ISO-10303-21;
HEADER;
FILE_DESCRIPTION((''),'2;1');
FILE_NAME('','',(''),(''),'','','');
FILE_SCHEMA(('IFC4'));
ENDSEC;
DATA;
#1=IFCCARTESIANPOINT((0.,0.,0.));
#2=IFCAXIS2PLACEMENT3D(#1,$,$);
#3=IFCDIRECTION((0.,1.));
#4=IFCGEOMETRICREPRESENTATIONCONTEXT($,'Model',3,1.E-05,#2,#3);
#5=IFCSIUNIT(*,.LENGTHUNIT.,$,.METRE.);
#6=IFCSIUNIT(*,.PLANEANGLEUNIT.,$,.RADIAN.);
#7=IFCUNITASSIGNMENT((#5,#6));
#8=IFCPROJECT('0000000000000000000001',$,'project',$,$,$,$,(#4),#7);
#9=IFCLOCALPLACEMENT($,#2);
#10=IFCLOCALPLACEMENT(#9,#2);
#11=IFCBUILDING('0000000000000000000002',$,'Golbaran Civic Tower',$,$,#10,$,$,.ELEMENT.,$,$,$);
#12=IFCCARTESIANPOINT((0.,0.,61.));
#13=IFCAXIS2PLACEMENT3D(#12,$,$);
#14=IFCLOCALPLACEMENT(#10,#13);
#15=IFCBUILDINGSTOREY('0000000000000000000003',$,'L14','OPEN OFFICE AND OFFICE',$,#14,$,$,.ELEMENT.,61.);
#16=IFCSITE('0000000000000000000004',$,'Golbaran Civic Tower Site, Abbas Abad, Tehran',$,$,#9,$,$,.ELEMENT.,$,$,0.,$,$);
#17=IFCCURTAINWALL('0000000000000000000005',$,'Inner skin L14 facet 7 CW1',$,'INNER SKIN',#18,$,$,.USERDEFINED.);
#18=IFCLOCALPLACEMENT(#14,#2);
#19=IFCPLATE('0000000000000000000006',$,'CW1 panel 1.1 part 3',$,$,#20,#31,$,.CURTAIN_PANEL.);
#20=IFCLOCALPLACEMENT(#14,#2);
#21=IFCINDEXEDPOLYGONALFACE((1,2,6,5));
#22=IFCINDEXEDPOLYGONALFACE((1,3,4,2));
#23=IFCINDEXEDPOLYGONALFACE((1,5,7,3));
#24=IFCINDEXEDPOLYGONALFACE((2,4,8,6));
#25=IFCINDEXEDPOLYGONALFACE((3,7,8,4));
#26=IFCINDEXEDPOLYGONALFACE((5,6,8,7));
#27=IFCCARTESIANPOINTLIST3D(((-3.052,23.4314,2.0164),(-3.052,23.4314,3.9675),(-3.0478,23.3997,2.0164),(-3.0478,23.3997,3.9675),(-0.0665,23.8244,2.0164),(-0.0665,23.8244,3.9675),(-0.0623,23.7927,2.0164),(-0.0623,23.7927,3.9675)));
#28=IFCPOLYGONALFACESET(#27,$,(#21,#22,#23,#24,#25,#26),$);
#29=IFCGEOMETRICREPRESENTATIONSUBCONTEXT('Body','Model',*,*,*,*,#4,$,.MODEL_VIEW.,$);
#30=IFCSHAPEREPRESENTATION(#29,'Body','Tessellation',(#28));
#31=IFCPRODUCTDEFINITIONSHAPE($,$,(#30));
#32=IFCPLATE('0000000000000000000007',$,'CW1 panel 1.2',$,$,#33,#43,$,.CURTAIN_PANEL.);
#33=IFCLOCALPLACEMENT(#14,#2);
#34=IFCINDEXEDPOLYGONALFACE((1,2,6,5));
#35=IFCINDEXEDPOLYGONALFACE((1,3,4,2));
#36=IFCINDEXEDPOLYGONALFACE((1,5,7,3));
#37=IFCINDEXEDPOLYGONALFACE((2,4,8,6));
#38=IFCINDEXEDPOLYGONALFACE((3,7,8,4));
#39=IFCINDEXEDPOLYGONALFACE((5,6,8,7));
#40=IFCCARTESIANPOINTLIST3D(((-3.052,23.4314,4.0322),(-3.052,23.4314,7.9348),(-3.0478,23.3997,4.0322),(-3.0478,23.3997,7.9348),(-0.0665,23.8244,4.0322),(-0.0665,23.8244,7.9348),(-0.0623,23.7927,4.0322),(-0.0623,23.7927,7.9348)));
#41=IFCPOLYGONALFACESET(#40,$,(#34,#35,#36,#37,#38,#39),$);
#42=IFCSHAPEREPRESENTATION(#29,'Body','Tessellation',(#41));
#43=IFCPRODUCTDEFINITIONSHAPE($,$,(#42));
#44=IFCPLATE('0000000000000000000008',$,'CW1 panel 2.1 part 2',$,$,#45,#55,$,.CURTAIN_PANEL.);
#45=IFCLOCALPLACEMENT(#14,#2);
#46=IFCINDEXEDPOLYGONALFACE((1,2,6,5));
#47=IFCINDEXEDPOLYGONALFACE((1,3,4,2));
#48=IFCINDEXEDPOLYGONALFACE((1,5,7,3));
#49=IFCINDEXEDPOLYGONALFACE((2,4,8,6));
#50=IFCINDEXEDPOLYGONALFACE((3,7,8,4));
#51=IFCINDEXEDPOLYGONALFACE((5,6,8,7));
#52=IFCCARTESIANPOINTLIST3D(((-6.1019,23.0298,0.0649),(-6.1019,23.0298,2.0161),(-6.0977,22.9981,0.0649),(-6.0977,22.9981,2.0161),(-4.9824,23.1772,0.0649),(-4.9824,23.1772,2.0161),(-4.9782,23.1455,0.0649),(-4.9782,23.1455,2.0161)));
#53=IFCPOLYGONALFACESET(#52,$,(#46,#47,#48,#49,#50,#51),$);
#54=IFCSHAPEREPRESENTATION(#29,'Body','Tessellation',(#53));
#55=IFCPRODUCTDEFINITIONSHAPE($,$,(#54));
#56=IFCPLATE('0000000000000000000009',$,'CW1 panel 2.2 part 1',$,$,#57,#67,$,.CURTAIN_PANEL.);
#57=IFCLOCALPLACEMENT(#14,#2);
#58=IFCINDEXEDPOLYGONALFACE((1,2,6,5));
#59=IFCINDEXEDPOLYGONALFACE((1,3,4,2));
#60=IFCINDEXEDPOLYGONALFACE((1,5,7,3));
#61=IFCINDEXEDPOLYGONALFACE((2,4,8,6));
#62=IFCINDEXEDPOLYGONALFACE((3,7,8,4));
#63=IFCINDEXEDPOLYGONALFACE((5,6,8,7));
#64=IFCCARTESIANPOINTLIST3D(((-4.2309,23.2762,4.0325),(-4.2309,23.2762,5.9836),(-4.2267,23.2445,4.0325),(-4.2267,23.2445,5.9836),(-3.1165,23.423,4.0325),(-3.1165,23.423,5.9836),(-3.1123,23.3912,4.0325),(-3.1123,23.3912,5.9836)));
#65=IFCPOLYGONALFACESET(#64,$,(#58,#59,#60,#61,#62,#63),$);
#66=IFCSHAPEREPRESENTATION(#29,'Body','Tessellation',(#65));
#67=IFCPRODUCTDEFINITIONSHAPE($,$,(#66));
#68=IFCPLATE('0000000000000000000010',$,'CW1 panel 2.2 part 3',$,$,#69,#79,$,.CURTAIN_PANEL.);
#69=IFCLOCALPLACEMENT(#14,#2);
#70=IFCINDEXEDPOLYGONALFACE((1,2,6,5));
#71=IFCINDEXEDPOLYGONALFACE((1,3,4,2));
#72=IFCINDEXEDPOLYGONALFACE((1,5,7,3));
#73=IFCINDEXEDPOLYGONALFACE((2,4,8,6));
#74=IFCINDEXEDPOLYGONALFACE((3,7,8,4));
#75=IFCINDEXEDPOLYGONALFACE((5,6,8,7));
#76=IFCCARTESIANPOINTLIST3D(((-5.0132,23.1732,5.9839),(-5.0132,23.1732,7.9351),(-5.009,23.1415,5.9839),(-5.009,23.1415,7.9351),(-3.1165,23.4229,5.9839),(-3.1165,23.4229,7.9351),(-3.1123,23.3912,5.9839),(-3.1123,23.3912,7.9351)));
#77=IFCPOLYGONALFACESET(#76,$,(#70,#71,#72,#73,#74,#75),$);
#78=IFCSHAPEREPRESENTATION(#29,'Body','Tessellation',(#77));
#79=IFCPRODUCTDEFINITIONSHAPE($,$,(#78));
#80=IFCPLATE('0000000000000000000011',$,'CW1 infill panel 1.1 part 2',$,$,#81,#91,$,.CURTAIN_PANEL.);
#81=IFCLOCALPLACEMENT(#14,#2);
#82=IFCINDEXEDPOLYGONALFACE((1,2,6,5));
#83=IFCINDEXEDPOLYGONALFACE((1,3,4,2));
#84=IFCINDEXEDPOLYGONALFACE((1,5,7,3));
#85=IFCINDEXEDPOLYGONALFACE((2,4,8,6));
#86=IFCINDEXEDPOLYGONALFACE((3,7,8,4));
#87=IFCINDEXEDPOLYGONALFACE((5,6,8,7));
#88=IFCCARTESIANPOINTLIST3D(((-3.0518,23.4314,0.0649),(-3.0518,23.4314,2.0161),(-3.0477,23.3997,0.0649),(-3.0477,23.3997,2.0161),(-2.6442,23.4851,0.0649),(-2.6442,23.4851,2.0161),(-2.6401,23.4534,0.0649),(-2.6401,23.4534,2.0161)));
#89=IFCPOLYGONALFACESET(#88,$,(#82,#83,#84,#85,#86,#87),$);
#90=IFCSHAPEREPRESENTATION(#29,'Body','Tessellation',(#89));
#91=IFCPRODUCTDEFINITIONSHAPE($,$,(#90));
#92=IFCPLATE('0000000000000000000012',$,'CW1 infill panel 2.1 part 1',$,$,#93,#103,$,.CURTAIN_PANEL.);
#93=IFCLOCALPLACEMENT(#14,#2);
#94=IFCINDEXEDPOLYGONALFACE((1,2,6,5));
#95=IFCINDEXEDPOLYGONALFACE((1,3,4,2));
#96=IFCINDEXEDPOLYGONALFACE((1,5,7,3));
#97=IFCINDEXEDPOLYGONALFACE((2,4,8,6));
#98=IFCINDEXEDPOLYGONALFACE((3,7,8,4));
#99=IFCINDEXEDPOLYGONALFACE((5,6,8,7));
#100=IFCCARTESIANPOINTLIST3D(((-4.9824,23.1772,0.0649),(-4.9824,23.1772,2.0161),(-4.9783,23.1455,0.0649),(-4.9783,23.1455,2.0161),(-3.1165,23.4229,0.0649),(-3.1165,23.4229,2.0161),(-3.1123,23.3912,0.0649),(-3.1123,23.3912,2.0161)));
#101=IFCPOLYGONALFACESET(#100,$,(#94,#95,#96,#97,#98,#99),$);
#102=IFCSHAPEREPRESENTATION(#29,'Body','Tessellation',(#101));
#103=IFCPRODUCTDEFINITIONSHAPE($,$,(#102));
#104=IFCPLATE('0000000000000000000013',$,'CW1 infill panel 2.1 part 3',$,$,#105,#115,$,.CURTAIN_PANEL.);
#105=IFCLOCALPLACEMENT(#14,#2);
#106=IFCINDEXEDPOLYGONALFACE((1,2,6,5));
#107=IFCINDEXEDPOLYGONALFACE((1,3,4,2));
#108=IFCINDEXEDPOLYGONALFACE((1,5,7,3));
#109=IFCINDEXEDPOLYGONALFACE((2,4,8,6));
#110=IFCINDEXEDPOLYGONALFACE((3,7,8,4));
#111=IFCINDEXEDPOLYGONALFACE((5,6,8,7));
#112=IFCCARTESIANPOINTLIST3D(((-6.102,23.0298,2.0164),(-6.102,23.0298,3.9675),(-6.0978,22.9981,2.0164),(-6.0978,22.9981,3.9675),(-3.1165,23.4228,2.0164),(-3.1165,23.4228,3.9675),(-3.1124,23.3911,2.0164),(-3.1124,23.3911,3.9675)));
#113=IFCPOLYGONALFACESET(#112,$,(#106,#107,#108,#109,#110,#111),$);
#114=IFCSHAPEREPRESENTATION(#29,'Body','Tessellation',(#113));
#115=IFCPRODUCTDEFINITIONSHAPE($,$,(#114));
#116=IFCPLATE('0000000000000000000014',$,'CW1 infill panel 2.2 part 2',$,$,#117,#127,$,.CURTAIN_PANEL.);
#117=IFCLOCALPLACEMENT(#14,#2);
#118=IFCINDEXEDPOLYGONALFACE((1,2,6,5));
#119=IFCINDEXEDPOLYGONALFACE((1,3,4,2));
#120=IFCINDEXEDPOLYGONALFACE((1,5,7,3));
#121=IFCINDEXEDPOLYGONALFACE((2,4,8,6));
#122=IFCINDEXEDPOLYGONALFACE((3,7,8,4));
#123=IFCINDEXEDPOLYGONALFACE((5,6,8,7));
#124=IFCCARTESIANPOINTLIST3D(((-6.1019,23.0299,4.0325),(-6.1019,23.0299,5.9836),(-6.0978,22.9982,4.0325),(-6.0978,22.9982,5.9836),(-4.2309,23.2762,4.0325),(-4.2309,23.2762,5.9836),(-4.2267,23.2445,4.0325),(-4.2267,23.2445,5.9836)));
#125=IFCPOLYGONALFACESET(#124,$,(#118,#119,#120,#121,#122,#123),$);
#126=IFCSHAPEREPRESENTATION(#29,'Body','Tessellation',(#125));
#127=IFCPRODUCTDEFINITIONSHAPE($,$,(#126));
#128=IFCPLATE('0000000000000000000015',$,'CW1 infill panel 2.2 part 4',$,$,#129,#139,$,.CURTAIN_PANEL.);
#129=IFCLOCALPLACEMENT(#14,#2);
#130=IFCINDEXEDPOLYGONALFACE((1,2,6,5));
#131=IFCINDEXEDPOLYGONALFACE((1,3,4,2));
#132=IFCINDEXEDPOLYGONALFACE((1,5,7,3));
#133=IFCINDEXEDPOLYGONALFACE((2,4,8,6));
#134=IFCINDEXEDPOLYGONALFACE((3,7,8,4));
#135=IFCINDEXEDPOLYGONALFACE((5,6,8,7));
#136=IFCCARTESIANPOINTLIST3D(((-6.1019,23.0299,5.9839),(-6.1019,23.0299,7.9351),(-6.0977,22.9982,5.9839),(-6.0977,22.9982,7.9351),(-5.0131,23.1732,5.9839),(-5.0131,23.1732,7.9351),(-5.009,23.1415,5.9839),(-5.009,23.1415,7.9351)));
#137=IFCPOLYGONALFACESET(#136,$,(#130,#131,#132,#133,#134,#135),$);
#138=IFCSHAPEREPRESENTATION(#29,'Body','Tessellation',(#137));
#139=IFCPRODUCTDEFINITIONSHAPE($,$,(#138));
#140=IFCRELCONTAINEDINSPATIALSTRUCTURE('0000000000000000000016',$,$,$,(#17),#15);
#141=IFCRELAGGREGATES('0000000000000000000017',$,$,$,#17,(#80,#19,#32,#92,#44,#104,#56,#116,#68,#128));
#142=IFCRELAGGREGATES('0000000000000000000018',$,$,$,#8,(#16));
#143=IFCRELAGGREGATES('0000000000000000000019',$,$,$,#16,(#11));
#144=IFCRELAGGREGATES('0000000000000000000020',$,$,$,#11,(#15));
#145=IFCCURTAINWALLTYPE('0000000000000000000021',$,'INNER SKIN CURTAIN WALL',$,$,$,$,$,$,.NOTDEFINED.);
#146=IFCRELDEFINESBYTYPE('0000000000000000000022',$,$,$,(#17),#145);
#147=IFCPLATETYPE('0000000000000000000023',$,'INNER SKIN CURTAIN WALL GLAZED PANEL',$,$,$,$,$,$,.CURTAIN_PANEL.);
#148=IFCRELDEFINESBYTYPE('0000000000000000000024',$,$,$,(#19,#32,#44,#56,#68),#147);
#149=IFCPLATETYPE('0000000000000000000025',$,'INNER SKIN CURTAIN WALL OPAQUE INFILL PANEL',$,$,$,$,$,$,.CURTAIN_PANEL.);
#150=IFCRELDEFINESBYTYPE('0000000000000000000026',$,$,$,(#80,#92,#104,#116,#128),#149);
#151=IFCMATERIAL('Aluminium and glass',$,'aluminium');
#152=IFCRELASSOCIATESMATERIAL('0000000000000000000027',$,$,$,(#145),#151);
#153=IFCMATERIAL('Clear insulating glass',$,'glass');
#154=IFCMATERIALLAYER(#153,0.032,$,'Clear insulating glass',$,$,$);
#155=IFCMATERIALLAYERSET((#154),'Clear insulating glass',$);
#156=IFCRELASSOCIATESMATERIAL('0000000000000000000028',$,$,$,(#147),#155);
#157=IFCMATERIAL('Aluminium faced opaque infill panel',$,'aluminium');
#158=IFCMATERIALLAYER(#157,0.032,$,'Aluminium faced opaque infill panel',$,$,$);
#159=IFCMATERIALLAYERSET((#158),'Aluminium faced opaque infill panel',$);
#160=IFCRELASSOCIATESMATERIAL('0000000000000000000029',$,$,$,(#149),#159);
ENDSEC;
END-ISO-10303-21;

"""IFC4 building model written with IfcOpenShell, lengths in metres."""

from ifc_helpers import new_model, si_unit, direction, frame, origin, origin_2d, place, context, subcontext, project, spatial, rectangle, extrude, material, layer, layer_set, type_object, element, aggregate, save


model = new_model("IFC4")

# Units and contexts
model_context = context("Model", 3, precision=1e-05, world=origin(), true_north=direction((0.0, 1.0)))
body_context = subcontext(model_context, "Body", "Model", "MODEL_VIEW")
ifc_project = project(units=[si_unit("LENGTHUNIT", "METRE"), si_unit("PLANEANGLEUNIT", "RADIAN")], contexts=[model_context])

# Site, building, storey
site_placement = place(None, origin())
site = spatial("IfcSite", under=ifc_project, at=site_placement, Name="Golbaran Civic Tower Site, Abbas Abad, Tehran", CompositionType="ELEMENT", RefElevation=0.0)
building_placement = place(site_placement, origin())
building = spatial("IfcBuilding", under=site, at=building_placement, Name="Golbaran Civic Tower", CompositionType="ELEMENT")
storey_placement = place(building_placement, frame((0.0, 0.0, 61.0)))
storey = spatial("IfcBuildingStorey", under=building, at=storey_placement, Name="L14", Description="OPEN OFFICE AND OFFICE", CompositionType="ELEMENT", Elevation=61.0)

# Curtain wall, plates
ifc_material_1 = material(Name="Aluminium and glass", Category="aluminium")
curtain_wall_type = type_object("IfcCurtainWallType", Name="INNER SKIN CURTAIN WALL", PredefinedType="NOTDEFINED", material=ifc_material_1)
curtain_wall_placement = place(storey_placement, origin())
curtain_wall = element("IfcCurtainWall", 1, at=curtain_wall_placement, inside=storey, type_object=curtain_wall_type, Name="Inner skin L14 facet 7 CW1", ObjectType="INNER SKIN", PredefinedType="USERDEFINED")
ifc_material_2 = material(Name="Clear insulating glass", Category="glass")
ifc_layer_1 = layer(ifc_material_2, 0.032, Name="Clear insulating glass")
ifc_layer_set_1 = layer_set([ifc_layer_1], Name="Clear insulating glass")
plate_type_1 = type_object("IfcPlateType", Name="INNER SKIN CURTAIN WALL GLAZED PANEL", PredefinedType="CURTAIN_PANEL", material=ifc_layer_set_1)
plate_1_placement = place(storey_placement, frame((-1.5571, 23.6121, 2.0164), z_axis=(0.0, 0.0, 1.0), x_axis=(-0.991445, -0.130526, 0.0)))
plate_1 = element("IfcPlate", 2, at=plate_1_placement, type_object=plate_type_1, Name="CW1 panel 1.1 part 3", PredefinedType="CURTAIN_PANEL", context=body_context, shape_type="SweptSolid", body=[
    extrude(rectangle(XDim=3.0112, YDim=0.032, at=origin_2d()), origin(), (0.0, 0.0, 1.0), 1.9512),
])
plate_2_placement = place(storey_placement, frame((-1.5571, 23.6121, 4.0322), z_axis=(0.0, 0.0, 1.0), x_axis=(-0.991445, -0.130526, 0.0)))
plate_2 = element("IfcPlate", 3, at=plate_2_placement, type_object=plate_type_1, Name="CW1 panel 1.2", PredefinedType="CURTAIN_PANEL", context=body_context, shape_type="SweptSolid", body=[
    extrude(rectangle(XDim=3.0112, YDim=0.032, at=origin_2d()), origin(), (0.0, 0.0, 1.0), 3.9026),
])
plate_3_placement = place(storey_placement, frame((-5.54, 23.0876, 0.0649), z_axis=(0.0, 0.0, 1.0), x_axis=(-0.991445, -0.130526, 0.0)))
plate_3 = element("IfcPlate", 4, at=plate_3_placement, type_object=plate_type_1, Name="CW1 panel 2.1 part 2", PredefinedType="CURTAIN_PANEL", context=body_context, shape_type="SweptSolid", body=[
    extrude(rectangle(XDim=1.1292, YDim=0.032, at=origin_2d()), origin(), (0.0, 0.0, 1.0), 1.9512),
])
plate_4_placement = place(storey_placement, frame((-3.6716, 23.3337, 4.0325), z_axis=(0.0, 0.0, 1.0), x_axis=(-0.991445, -0.130526, 0.0)))
plate_4 = element("IfcPlate", 5, at=plate_4_placement, type_object=plate_type_1, Name="CW1 panel 2.2 part 1", PredefinedType="CURTAIN_PANEL", context=body_context, shape_type="SweptSolid", body=[
    extrude(rectangle(XDim=1.124, YDim=0.032, at=origin_2d()), origin(), (0.0, 0.0, 1.0), 1.9512),
])
plate_5_placement = place(storey_placement, frame((-4.0627, 23.2822, 5.9839), z_axis=(0.0, 0.0, 1.0), x_axis=(-0.991445, -0.130526, 0.0)))
plate_5 = element("IfcPlate", 6, at=plate_5_placement, type_object=plate_type_1, Name="CW1 panel 2.2 part 3", PredefinedType="CURTAIN_PANEL", context=body_context, shape_type="SweptSolid", body=[
    extrude(rectangle(XDim=1.9131, YDim=0.032, at=origin_2d()), origin(), (0.0, 0.0, 1.0), 1.9512),
])
ifc_material_3 = material(Name="Aluminium faced opaque infill panel", Category="aluminium")
ifc_layer_2 = layer(ifc_material_3, 0.032, Name="Aluminium faced opaque infill panel")
ifc_layer_set_2 = layer_set([ifc_layer_2], Name="Aluminium faced opaque infill panel")
plate_type_2 = type_object("IfcPlateType", Name="INNER SKIN CURTAIN WALL OPAQUE INFILL PANEL", PredefinedType="CURTAIN_PANEL", material=ifc_layer_set_2)
plate_6_placement = place(storey_placement, frame((-2.8459, 23.4424, 0.0649), z_axis=(0.0, 0.0, 1.0), x_axis=(-0.991445, -0.130526, 0.0)))
plate_6 = element("IfcPlate", 7, at=plate_6_placement, type_object=plate_type_2, Name="CW1 infill panel 1.1 part 2", PredefinedType="CURTAIN_PANEL", context=body_context, shape_type="SweptSolid", body=[
    extrude(rectangle(XDim=0.4111, YDim=0.032, at=origin_2d()), origin(), (0.0, 0.0, 1.0), 1.9512),
])
plate_7_placement = place(storey_placement, frame((-4.0474, 23.2842, 0.0649), z_axis=(0.0, 0.0, 1.0), x_axis=(-0.991445, -0.130526, 0.0)))
plate_7 = element("IfcPlate", 8, at=plate_7_placement, type_object=plate_type_2, Name="CW1 infill panel 2.1 part 1", PredefinedType="CURTAIN_PANEL", context=body_context, shape_type="SweptSolid", body=[
    extrude(rectangle(XDim=1.8821, YDim=0.032, at=origin_2d()), origin(), (0.0, 0.0, 1.0), 1.9512),
])
plate_8_placement = place(storey_placement, frame((-4.6072, 23.2104, 2.0164), z_axis=(0.0, 0.0, 1.0), x_axis=(-0.991445, -0.130526, 0.0)))
plate_8 = element("IfcPlate", 9, at=plate_8_placement, type_object=plate_type_2, Name="CW1 infill panel 2.1 part 3", PredefinedType="CURTAIN_PANEL", context=body_context, shape_type="SweptSolid", body=[
    extrude(rectangle(XDim=3.0112, YDim=0.032, at=origin_2d()), origin(), (0.0, 0.0, 1.0), 1.9512),
])
plate_9_placement = place(storey_placement, frame((-5.1643, 23.1372, 4.0325), z_axis=(0.0, 0.0, 1.0), x_axis=(-0.991445, -0.130526, 0.0)))
plate_9 = element("IfcPlate", 10, at=plate_9_placement, type_object=plate_type_2, Name="CW1 infill panel 2.2 part 2", PredefinedType="CURTAIN_PANEL", context=body_context, shape_type="SweptSolid", body=[
    extrude(rectangle(XDim=1.8872, YDim=0.032, at=origin_2d()), origin(), (0.0, 0.0, 1.0), 1.9512),
])
plate_10_placement = place(storey_placement, frame((-5.5554, 23.0857, 5.9839), z_axis=(0.0, 0.0, 1.0), x_axis=(-0.991445, -0.130526, 0.0)))
plate_10 = element("IfcPlate", 11, at=plate_10_placement, type_object=plate_type_2, Name="CW1 infill panel 2.2 part 4", PredefinedType="CURTAIN_PANEL", context=body_context, shape_type="SweptSolid", body=[
    extrude(rectangle(XDim=1.0981, YDim=0.032, at=origin_2d()), origin(), (0.0, 0.0, 1.0), 1.9512),
])
aggregate(curtain_wall, [plate_6, plate_1, plate_2, plate_7, plate_3, plate_8, plate_4, plate_9, plate_5, plate_10])

save(model, "model.ifc")
